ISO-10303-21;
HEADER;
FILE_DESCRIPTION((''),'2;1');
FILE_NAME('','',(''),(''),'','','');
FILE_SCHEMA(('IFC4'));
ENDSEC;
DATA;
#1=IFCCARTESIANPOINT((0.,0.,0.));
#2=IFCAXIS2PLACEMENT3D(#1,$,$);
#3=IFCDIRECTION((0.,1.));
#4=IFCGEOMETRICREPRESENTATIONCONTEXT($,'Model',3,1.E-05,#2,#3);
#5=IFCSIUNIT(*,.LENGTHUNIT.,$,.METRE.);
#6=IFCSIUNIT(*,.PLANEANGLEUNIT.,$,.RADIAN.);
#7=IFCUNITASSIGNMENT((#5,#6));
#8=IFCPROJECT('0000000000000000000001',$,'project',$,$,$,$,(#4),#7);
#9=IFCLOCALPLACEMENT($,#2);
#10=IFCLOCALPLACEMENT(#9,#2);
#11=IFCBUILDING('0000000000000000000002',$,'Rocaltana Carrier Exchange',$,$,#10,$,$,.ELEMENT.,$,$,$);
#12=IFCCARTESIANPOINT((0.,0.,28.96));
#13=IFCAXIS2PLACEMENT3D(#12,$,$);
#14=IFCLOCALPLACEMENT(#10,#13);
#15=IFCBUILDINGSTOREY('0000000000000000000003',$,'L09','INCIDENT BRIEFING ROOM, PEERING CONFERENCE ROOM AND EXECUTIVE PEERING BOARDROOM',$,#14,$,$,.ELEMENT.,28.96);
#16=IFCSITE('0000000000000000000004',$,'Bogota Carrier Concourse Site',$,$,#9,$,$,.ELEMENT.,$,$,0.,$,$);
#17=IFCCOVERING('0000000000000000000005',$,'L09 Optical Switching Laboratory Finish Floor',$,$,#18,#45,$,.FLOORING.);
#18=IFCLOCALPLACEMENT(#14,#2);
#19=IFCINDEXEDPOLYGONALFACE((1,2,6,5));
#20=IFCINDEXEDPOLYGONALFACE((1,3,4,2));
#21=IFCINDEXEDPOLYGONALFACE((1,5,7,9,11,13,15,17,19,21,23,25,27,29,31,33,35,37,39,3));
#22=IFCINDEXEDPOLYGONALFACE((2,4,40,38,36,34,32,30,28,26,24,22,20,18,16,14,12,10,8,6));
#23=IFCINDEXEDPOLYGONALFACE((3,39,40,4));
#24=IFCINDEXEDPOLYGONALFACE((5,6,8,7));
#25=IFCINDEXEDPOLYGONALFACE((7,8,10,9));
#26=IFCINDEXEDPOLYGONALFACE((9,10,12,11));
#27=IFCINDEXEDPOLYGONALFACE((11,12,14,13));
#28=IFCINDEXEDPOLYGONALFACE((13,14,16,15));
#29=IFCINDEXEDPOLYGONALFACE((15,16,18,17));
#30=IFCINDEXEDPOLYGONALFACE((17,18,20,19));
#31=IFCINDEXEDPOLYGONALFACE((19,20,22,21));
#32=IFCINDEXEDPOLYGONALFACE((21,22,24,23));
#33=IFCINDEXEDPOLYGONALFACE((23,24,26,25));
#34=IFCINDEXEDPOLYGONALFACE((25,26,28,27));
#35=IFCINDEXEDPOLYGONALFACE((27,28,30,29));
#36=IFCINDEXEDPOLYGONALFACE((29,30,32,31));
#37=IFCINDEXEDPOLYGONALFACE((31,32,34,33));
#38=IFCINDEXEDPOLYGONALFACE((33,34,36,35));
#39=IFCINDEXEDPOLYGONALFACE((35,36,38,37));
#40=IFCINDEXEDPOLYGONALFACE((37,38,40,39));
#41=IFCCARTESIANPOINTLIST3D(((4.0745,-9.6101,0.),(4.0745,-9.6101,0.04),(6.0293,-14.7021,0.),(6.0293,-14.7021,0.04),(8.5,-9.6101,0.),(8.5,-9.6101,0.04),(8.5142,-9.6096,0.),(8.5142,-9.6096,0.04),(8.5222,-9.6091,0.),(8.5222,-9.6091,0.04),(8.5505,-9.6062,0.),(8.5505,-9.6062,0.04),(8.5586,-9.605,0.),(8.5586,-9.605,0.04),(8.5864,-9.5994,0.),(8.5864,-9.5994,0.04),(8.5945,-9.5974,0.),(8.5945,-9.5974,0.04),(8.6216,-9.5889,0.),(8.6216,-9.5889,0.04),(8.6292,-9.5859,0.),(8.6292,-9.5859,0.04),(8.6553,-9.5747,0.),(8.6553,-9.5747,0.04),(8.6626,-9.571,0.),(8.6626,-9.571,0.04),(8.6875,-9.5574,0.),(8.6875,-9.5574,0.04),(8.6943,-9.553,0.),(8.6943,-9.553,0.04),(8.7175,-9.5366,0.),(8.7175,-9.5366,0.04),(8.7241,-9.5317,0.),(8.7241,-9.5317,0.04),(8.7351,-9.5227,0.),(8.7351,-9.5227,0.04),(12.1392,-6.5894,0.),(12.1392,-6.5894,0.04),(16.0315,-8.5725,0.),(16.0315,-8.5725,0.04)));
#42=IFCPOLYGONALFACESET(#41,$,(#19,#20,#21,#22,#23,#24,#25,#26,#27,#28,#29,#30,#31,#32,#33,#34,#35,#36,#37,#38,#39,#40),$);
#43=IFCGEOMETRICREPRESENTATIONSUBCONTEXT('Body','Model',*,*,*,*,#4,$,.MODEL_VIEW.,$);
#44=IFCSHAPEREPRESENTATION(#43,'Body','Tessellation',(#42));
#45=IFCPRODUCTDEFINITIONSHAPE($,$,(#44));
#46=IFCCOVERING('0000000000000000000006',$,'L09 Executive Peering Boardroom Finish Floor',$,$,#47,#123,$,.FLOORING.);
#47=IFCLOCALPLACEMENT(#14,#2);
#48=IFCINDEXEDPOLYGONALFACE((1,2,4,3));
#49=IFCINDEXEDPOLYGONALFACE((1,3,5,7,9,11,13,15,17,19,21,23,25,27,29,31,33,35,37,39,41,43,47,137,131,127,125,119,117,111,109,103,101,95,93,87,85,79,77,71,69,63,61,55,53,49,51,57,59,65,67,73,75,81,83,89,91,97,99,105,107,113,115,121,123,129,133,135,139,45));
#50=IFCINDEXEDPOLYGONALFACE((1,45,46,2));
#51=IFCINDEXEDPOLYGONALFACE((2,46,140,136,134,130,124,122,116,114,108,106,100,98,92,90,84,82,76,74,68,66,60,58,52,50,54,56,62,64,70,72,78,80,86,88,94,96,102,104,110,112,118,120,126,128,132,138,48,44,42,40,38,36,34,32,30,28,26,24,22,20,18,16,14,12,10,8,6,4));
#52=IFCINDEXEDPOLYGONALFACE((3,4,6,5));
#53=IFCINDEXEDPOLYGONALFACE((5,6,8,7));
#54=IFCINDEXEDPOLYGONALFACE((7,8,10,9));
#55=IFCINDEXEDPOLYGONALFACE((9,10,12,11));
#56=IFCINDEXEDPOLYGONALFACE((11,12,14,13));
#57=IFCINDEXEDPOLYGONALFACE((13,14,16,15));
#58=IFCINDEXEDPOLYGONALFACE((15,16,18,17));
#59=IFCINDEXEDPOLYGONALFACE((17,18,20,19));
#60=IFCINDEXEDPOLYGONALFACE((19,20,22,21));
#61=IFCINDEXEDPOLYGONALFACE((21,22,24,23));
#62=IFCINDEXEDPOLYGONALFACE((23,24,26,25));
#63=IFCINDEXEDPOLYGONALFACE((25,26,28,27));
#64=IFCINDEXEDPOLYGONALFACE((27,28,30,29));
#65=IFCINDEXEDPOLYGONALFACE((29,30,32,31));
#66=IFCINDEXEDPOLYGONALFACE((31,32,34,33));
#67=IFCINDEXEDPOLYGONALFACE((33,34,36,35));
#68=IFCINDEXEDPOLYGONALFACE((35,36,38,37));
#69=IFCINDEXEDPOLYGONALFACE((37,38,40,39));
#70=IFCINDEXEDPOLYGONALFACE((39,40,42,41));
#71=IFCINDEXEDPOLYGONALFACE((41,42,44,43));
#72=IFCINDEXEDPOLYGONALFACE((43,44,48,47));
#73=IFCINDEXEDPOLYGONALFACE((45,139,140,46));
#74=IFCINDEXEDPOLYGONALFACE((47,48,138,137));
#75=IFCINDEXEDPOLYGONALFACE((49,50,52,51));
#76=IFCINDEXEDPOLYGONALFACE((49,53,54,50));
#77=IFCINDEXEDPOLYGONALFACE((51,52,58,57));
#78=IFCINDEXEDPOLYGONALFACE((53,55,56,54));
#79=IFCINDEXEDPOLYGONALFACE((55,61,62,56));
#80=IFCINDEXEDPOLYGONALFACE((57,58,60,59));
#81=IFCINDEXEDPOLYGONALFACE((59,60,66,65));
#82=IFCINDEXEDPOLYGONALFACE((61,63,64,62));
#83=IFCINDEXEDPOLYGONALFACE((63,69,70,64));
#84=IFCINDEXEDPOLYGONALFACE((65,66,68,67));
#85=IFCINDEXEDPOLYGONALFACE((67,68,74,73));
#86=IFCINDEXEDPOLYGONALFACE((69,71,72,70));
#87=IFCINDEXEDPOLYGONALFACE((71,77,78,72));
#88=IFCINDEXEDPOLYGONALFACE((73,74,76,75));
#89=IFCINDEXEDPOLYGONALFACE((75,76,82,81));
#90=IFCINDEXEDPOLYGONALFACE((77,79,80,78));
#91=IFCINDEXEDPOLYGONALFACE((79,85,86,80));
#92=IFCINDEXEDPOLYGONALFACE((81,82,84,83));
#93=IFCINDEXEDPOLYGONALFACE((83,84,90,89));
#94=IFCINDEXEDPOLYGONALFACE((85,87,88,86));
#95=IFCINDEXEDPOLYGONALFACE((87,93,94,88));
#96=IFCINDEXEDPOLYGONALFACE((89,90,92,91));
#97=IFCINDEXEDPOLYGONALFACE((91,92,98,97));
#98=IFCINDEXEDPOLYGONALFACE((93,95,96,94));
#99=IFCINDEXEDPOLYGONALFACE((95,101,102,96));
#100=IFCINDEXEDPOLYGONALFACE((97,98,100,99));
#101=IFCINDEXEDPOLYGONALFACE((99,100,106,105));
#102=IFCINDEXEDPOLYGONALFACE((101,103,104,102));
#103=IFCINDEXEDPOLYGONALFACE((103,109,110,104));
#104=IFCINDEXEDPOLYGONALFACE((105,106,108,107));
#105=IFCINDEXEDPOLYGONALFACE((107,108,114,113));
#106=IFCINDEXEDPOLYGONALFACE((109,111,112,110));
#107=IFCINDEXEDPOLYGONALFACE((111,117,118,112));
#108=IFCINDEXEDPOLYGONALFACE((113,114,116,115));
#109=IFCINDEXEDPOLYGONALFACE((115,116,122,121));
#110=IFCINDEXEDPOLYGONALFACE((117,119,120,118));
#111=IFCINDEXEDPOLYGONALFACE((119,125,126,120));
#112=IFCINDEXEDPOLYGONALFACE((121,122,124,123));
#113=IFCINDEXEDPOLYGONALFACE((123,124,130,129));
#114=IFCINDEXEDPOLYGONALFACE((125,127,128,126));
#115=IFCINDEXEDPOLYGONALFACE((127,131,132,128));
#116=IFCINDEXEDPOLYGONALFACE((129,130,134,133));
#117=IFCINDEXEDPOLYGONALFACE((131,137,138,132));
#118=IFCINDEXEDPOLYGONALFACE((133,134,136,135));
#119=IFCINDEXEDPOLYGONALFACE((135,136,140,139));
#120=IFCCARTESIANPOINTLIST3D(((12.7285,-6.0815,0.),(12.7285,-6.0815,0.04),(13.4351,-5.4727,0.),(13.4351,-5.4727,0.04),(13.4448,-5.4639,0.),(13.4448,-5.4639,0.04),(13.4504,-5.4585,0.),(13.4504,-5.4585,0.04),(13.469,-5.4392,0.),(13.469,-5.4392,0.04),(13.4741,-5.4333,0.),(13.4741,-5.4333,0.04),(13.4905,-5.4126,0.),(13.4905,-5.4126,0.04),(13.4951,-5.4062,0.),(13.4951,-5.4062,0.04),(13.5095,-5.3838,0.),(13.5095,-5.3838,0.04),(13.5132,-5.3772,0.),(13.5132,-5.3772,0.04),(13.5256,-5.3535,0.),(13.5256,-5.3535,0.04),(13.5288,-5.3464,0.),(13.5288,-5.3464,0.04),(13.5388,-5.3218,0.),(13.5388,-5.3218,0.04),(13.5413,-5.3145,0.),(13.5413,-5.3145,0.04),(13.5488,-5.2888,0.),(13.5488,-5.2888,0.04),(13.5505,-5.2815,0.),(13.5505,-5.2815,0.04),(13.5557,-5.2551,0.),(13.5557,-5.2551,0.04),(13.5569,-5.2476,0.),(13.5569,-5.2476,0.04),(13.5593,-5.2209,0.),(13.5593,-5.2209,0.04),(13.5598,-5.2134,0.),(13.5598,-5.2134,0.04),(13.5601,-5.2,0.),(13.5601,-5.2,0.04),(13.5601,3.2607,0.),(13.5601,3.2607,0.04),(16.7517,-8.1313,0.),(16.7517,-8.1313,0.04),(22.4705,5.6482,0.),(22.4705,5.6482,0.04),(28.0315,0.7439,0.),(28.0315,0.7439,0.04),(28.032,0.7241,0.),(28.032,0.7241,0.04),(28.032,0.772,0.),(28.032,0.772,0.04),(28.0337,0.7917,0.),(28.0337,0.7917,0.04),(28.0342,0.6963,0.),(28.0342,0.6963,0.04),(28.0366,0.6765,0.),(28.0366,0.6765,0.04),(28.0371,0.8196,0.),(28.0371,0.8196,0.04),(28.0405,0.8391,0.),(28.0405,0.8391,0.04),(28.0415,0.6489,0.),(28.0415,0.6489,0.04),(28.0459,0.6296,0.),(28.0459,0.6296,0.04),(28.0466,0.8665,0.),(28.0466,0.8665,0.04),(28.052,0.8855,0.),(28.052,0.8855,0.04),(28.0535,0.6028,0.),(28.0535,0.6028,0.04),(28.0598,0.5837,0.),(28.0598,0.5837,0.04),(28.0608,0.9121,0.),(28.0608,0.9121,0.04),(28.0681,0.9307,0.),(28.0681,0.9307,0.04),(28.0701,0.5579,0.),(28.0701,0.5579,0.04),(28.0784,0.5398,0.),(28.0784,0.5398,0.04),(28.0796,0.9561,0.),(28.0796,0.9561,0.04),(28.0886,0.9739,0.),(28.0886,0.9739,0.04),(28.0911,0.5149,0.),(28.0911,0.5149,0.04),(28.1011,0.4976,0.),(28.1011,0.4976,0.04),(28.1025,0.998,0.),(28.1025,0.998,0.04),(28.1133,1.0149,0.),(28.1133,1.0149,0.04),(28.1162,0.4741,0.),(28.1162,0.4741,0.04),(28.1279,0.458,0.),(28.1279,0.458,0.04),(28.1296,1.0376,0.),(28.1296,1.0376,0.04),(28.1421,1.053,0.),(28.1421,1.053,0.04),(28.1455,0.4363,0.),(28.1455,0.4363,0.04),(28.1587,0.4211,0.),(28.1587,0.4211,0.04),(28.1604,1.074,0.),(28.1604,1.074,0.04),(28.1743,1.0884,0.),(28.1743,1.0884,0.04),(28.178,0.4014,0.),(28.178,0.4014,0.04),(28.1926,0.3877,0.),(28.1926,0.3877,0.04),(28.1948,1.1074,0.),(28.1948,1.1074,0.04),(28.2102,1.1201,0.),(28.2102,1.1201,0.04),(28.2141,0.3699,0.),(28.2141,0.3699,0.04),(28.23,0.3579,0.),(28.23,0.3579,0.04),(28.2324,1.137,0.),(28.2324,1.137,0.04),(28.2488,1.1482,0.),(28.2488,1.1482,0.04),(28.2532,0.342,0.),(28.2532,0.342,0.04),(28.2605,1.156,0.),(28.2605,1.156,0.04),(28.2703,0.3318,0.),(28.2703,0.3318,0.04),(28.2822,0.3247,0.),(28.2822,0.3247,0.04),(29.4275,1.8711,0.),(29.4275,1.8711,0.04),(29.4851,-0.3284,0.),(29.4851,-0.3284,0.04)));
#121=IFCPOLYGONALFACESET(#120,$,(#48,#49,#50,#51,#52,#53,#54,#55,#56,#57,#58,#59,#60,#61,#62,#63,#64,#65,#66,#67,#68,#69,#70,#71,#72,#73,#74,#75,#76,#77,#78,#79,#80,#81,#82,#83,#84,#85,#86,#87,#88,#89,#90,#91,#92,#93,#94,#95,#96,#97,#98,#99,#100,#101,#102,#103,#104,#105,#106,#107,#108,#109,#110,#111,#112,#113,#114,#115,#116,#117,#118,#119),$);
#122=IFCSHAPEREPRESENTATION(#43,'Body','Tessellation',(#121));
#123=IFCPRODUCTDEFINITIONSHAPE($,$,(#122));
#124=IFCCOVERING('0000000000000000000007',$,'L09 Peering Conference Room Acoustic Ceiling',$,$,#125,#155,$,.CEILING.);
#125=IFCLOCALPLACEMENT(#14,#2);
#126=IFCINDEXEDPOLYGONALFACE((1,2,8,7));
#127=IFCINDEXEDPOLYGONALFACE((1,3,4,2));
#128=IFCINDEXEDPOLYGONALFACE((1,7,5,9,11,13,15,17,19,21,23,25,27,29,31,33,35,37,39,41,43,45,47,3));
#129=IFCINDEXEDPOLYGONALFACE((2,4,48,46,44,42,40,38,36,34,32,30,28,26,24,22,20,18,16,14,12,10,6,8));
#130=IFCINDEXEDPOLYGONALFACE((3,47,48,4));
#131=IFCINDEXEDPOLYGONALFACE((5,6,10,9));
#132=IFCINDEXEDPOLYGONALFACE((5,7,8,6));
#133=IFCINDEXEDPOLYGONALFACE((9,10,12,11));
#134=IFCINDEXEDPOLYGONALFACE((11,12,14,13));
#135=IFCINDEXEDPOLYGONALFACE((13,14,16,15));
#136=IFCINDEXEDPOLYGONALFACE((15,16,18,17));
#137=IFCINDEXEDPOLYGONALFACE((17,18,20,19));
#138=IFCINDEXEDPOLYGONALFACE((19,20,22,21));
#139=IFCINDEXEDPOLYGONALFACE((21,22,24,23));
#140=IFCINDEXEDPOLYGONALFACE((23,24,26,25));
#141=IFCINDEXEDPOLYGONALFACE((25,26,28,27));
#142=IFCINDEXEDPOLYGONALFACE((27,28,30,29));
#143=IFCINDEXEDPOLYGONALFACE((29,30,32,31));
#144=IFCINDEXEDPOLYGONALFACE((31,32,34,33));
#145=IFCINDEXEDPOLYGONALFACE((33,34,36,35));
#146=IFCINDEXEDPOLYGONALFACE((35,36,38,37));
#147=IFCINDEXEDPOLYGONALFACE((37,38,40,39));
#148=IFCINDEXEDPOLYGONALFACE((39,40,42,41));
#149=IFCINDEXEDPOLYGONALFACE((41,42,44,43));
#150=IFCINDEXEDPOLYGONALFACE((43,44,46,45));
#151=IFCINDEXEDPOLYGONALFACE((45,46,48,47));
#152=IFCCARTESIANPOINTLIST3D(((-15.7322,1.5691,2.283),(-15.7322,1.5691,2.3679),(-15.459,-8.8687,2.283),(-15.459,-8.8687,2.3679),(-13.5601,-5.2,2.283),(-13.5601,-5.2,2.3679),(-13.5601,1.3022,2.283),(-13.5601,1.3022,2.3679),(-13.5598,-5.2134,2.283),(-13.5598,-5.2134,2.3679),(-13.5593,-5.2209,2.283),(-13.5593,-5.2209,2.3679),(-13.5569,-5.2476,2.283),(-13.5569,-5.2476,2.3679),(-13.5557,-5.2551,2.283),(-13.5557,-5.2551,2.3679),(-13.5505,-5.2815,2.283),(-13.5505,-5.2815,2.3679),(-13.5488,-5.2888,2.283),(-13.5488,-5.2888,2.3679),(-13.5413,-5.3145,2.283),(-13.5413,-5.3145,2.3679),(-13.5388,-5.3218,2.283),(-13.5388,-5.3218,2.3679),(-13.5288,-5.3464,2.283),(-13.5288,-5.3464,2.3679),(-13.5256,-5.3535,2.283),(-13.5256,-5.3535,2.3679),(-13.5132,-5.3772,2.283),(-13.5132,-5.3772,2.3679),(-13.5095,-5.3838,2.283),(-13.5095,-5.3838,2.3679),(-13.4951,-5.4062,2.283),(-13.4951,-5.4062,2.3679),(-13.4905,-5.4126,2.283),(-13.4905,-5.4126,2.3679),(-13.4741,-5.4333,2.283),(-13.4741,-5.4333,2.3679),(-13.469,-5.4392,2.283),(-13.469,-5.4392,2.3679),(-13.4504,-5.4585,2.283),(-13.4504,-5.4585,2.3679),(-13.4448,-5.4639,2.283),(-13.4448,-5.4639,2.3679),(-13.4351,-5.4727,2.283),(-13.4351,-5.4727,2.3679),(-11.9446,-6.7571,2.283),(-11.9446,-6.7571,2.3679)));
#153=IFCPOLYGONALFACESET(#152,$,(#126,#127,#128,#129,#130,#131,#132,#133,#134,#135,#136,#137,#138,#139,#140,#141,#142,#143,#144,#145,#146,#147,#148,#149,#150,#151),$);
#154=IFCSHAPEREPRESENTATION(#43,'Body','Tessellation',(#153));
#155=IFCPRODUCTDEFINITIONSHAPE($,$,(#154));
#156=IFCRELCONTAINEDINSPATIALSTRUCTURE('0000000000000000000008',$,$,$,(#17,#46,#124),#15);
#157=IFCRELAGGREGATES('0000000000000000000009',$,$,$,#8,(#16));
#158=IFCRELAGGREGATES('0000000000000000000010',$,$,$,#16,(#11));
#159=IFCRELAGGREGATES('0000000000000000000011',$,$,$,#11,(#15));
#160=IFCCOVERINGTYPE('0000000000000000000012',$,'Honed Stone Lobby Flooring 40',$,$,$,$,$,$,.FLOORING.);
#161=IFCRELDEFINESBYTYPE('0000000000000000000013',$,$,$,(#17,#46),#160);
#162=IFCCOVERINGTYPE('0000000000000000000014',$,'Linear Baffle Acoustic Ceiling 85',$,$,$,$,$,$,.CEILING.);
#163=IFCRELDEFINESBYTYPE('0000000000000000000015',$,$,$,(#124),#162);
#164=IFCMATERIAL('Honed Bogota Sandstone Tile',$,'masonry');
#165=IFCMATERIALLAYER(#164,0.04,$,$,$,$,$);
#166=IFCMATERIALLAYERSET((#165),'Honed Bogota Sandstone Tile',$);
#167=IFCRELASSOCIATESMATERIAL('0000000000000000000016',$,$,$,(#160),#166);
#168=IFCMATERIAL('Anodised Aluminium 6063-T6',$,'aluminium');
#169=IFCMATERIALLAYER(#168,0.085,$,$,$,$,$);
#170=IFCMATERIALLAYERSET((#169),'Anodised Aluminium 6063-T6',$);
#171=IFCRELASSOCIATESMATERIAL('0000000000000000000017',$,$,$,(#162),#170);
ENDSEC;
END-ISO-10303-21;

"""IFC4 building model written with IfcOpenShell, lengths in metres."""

from ifc_helpers import new_model, si_unit, direction, frame, origin, place, context, subcontext, project, spatial, polyline, outline, extrude, material, layer, layer_set, type_object, element, save


model = new_model("IFC4")

# Units and contexts
model_context = context("Model", 3, precision=1e-05, world=origin(), true_north=direction((0.0, 1.0)))
body_context = subcontext(model_context, "Body", "Model", "MODEL_VIEW")
ifc_project = project(units=[si_unit("LENGTHUNIT", "METRE"), si_unit("PLANEANGLEUNIT", "RADIAN")], contexts=[model_context])

# Site, building, storey
site_placement = place(None, origin())
site = spatial("IfcSite", under=ifc_project, at=site_placement, Name="Bogota Carrier Concourse Site", CompositionType="ELEMENT", RefElevation=0.0)
building_placement = place(site_placement, origin())
building = spatial("IfcBuilding", under=site, at=building_placement, Name="Rocaltana Carrier Exchange", CompositionType="ELEMENT")
storey_placement = place(building_placement, frame((0.0, 0.0, 28.96)))
storey = spatial("IfcBuildingStorey", under=building, at=storey_placement, Name="L09", Description="INCIDENT BRIEFING ROOM, PEERING CONFERENCE ROOM AND EXECUTIVE PEERING BOARDROOM", CompositionType="ELEMENT", Elevation=28.96)

# Coverings
ifc_material_1 = material(Name="Honed Bogota Sandstone Tile", Category="masonry")
ifc_layer_1 = layer(ifc_material_1, 0.04)
ifc_layer_set_1 = layer_set([ifc_layer_1], Name="Honed Bogota Sandstone Tile")
covering_type_1 = type_object("IfcCoveringType", Name="Honed Stone Lobby Flooring 40", PredefinedType="FLOORING", material=ifc_layer_set_1)
covering_1_placement = place(storey_placement, origin())
element("IfcCovering", 1, at=covering_1_placement, inside=storey, type_object=covering_type_1, Name="L09 Optical Switching Laboratory Finish Floor", PredefinedType="FLOORING", context=body_context, shape_type="SweptSolid", body=[
    extrude(outline(polyline([(6.0293, -14.7021), (4.0745, -9.6101), (8.5, -9.6101), (8.5142, -9.6096), (8.5222, -9.6091), (8.5505, -9.6062), (8.5586, -9.605), (8.5864, -9.5994), (8.5945, -9.5974), (8.6216, -9.5889), (8.6292, -9.5859), (8.6553, -9.5747), (8.6626, -9.571), (8.6875, -9.5574), (8.6943, -9.553), (8.7175, -9.5366), (8.7241, -9.5317), (8.7351, -9.5227), (12.1392, -6.5894), (16.0315, -8.5725), (6.0293, -14.7021)])), origin(), (0.0, 0.0, 1.0), 0.04),
])
covering_2_placement = place(storey_placement, origin())
element("IfcCovering", 2, at=covering_2_placement, inside=storey, type_object=covering_type_1, Name="L09 Executive Peering Boardroom Finish Floor", PredefinedType="FLOORING", context=body_context, shape_type="SweptSolid", body=[
    extrude(outline(polyline([(29.4275, 1.8711), (28.2605, 1.156), (28.2488, 1.1482), (28.2324, 1.137), (28.2102, 1.1201), (28.1948, 1.1074), (28.1743, 1.0884), (28.1604, 1.074), (28.1421, 1.053), (28.1296, 1.0376), (28.1133, 1.0149), (28.1025, 0.998), (28.0886, 0.9739), (28.0796, 0.9561), (28.0681, 0.9307), (28.0608, 0.9121), (28.052, 0.8855), (28.0466, 0.8665), (28.0405, 0.8391), (28.0371, 0.8196), (28.0337, 0.7917), (28.032, 0.772), (28.0315, 0.7439), (28.032, 0.7241), (28.0342, 0.6963), (28.0366, 0.6765), (28.0415, 0.6489), (28.0459, 0.6296), (28.0535, 0.6028), (28.0598, 0.5837), (28.0701, 0.5579), (28.0784, 0.5398), (28.0911, 0.5149), (28.1011, 0.4976), (28.1162, 0.4741), (28.1279, 0.458), (28.1455, 0.4363), (28.1587, 0.4211), (28.178, 0.4014), (28.1926, 0.3877), (28.2141, 0.3699), (28.23, 0.3579), (28.2532, 0.342), (28.2703, 0.3318), (28.2822, 0.3247), (29.4851, -0.3284), (16.7517, -8.1313), (12.7285, -6.0815), (13.4351, -5.4727), (13.4448, -5.4639), (13.4504, -5.4585), (13.469, -5.4392), (13.4741, -5.4333), (13.4905, -5.4126), (13.4951, -5.4062), (13.5095, -5.3838), (13.5132, -5.3772), (13.5256, -5.3535), (13.5288, -5.3464), (13.5388, -5.3218), (13.5413, -5.3145), (13.5488, -5.2888), (13.5505, -5.2815), (13.5557, -5.2551), (13.5569, -5.2476), (13.5593, -5.2209), (13.5598, -5.2134), (13.5601, -5.2), (13.5601, 3.2607), (22.4705, 5.6482), (29.4275, 1.8711)])), origin(), (0.0, 0.0, 1.0), 0.04),
])
ifc_material_2 = material(Name="Anodised Aluminium 6063-T6", Category="aluminium")
ifc_layer_2 = layer(ifc_material_2, 0.085)
ifc_layer_set_2 = layer_set([ifc_layer_2], Name="Anodised Aluminium 6063-T6")
covering_type_2 = type_object("IfcCoveringType", Name="Linear Baffle Acoustic Ceiling 85", PredefinedType="CEILING", material=ifc_layer_set_2)
covering_3_placement = place(storey_placement, frame((0.0, 0.0, 2.283)))
element("IfcCovering", 3, at=covering_3_placement, inside=storey, type_object=covering_type_2, Name="L09 Peering Conference Room Acoustic Ceiling", PredefinedType="CEILING", context=body_context, shape_type="SweptSolid", body=[
    extrude(outline(polyline([(-15.7322, 1.5691), (-13.5601, 1.3022), (-13.5601, -5.2), (-13.5598, -5.2134), (-13.5593, -5.2209), (-13.5569, -5.2476), (-13.5557, -5.2551), (-13.5505, -5.2815), (-13.5488, -5.2888), (-13.5413, -5.3145), (-13.5388, -5.3218), (-13.5288, -5.3464), (-13.5256, -5.3535), (-13.5132, -5.3772), (-13.5095, -5.3838), (-13.4951, -5.4062), (-13.4905, -5.4126), (-13.4741, -5.4333), (-13.469, -5.4392), (-13.4504, -5.4585), (-13.4448, -5.4639), (-13.4351, -5.4727), (-11.9446, -6.7571), (-15.459, -8.8687), (-15.7322, 1.5691)])), origin(), (0.0, 0.0, 1.0), 0.085),
])

save(model, "model.ifc")
